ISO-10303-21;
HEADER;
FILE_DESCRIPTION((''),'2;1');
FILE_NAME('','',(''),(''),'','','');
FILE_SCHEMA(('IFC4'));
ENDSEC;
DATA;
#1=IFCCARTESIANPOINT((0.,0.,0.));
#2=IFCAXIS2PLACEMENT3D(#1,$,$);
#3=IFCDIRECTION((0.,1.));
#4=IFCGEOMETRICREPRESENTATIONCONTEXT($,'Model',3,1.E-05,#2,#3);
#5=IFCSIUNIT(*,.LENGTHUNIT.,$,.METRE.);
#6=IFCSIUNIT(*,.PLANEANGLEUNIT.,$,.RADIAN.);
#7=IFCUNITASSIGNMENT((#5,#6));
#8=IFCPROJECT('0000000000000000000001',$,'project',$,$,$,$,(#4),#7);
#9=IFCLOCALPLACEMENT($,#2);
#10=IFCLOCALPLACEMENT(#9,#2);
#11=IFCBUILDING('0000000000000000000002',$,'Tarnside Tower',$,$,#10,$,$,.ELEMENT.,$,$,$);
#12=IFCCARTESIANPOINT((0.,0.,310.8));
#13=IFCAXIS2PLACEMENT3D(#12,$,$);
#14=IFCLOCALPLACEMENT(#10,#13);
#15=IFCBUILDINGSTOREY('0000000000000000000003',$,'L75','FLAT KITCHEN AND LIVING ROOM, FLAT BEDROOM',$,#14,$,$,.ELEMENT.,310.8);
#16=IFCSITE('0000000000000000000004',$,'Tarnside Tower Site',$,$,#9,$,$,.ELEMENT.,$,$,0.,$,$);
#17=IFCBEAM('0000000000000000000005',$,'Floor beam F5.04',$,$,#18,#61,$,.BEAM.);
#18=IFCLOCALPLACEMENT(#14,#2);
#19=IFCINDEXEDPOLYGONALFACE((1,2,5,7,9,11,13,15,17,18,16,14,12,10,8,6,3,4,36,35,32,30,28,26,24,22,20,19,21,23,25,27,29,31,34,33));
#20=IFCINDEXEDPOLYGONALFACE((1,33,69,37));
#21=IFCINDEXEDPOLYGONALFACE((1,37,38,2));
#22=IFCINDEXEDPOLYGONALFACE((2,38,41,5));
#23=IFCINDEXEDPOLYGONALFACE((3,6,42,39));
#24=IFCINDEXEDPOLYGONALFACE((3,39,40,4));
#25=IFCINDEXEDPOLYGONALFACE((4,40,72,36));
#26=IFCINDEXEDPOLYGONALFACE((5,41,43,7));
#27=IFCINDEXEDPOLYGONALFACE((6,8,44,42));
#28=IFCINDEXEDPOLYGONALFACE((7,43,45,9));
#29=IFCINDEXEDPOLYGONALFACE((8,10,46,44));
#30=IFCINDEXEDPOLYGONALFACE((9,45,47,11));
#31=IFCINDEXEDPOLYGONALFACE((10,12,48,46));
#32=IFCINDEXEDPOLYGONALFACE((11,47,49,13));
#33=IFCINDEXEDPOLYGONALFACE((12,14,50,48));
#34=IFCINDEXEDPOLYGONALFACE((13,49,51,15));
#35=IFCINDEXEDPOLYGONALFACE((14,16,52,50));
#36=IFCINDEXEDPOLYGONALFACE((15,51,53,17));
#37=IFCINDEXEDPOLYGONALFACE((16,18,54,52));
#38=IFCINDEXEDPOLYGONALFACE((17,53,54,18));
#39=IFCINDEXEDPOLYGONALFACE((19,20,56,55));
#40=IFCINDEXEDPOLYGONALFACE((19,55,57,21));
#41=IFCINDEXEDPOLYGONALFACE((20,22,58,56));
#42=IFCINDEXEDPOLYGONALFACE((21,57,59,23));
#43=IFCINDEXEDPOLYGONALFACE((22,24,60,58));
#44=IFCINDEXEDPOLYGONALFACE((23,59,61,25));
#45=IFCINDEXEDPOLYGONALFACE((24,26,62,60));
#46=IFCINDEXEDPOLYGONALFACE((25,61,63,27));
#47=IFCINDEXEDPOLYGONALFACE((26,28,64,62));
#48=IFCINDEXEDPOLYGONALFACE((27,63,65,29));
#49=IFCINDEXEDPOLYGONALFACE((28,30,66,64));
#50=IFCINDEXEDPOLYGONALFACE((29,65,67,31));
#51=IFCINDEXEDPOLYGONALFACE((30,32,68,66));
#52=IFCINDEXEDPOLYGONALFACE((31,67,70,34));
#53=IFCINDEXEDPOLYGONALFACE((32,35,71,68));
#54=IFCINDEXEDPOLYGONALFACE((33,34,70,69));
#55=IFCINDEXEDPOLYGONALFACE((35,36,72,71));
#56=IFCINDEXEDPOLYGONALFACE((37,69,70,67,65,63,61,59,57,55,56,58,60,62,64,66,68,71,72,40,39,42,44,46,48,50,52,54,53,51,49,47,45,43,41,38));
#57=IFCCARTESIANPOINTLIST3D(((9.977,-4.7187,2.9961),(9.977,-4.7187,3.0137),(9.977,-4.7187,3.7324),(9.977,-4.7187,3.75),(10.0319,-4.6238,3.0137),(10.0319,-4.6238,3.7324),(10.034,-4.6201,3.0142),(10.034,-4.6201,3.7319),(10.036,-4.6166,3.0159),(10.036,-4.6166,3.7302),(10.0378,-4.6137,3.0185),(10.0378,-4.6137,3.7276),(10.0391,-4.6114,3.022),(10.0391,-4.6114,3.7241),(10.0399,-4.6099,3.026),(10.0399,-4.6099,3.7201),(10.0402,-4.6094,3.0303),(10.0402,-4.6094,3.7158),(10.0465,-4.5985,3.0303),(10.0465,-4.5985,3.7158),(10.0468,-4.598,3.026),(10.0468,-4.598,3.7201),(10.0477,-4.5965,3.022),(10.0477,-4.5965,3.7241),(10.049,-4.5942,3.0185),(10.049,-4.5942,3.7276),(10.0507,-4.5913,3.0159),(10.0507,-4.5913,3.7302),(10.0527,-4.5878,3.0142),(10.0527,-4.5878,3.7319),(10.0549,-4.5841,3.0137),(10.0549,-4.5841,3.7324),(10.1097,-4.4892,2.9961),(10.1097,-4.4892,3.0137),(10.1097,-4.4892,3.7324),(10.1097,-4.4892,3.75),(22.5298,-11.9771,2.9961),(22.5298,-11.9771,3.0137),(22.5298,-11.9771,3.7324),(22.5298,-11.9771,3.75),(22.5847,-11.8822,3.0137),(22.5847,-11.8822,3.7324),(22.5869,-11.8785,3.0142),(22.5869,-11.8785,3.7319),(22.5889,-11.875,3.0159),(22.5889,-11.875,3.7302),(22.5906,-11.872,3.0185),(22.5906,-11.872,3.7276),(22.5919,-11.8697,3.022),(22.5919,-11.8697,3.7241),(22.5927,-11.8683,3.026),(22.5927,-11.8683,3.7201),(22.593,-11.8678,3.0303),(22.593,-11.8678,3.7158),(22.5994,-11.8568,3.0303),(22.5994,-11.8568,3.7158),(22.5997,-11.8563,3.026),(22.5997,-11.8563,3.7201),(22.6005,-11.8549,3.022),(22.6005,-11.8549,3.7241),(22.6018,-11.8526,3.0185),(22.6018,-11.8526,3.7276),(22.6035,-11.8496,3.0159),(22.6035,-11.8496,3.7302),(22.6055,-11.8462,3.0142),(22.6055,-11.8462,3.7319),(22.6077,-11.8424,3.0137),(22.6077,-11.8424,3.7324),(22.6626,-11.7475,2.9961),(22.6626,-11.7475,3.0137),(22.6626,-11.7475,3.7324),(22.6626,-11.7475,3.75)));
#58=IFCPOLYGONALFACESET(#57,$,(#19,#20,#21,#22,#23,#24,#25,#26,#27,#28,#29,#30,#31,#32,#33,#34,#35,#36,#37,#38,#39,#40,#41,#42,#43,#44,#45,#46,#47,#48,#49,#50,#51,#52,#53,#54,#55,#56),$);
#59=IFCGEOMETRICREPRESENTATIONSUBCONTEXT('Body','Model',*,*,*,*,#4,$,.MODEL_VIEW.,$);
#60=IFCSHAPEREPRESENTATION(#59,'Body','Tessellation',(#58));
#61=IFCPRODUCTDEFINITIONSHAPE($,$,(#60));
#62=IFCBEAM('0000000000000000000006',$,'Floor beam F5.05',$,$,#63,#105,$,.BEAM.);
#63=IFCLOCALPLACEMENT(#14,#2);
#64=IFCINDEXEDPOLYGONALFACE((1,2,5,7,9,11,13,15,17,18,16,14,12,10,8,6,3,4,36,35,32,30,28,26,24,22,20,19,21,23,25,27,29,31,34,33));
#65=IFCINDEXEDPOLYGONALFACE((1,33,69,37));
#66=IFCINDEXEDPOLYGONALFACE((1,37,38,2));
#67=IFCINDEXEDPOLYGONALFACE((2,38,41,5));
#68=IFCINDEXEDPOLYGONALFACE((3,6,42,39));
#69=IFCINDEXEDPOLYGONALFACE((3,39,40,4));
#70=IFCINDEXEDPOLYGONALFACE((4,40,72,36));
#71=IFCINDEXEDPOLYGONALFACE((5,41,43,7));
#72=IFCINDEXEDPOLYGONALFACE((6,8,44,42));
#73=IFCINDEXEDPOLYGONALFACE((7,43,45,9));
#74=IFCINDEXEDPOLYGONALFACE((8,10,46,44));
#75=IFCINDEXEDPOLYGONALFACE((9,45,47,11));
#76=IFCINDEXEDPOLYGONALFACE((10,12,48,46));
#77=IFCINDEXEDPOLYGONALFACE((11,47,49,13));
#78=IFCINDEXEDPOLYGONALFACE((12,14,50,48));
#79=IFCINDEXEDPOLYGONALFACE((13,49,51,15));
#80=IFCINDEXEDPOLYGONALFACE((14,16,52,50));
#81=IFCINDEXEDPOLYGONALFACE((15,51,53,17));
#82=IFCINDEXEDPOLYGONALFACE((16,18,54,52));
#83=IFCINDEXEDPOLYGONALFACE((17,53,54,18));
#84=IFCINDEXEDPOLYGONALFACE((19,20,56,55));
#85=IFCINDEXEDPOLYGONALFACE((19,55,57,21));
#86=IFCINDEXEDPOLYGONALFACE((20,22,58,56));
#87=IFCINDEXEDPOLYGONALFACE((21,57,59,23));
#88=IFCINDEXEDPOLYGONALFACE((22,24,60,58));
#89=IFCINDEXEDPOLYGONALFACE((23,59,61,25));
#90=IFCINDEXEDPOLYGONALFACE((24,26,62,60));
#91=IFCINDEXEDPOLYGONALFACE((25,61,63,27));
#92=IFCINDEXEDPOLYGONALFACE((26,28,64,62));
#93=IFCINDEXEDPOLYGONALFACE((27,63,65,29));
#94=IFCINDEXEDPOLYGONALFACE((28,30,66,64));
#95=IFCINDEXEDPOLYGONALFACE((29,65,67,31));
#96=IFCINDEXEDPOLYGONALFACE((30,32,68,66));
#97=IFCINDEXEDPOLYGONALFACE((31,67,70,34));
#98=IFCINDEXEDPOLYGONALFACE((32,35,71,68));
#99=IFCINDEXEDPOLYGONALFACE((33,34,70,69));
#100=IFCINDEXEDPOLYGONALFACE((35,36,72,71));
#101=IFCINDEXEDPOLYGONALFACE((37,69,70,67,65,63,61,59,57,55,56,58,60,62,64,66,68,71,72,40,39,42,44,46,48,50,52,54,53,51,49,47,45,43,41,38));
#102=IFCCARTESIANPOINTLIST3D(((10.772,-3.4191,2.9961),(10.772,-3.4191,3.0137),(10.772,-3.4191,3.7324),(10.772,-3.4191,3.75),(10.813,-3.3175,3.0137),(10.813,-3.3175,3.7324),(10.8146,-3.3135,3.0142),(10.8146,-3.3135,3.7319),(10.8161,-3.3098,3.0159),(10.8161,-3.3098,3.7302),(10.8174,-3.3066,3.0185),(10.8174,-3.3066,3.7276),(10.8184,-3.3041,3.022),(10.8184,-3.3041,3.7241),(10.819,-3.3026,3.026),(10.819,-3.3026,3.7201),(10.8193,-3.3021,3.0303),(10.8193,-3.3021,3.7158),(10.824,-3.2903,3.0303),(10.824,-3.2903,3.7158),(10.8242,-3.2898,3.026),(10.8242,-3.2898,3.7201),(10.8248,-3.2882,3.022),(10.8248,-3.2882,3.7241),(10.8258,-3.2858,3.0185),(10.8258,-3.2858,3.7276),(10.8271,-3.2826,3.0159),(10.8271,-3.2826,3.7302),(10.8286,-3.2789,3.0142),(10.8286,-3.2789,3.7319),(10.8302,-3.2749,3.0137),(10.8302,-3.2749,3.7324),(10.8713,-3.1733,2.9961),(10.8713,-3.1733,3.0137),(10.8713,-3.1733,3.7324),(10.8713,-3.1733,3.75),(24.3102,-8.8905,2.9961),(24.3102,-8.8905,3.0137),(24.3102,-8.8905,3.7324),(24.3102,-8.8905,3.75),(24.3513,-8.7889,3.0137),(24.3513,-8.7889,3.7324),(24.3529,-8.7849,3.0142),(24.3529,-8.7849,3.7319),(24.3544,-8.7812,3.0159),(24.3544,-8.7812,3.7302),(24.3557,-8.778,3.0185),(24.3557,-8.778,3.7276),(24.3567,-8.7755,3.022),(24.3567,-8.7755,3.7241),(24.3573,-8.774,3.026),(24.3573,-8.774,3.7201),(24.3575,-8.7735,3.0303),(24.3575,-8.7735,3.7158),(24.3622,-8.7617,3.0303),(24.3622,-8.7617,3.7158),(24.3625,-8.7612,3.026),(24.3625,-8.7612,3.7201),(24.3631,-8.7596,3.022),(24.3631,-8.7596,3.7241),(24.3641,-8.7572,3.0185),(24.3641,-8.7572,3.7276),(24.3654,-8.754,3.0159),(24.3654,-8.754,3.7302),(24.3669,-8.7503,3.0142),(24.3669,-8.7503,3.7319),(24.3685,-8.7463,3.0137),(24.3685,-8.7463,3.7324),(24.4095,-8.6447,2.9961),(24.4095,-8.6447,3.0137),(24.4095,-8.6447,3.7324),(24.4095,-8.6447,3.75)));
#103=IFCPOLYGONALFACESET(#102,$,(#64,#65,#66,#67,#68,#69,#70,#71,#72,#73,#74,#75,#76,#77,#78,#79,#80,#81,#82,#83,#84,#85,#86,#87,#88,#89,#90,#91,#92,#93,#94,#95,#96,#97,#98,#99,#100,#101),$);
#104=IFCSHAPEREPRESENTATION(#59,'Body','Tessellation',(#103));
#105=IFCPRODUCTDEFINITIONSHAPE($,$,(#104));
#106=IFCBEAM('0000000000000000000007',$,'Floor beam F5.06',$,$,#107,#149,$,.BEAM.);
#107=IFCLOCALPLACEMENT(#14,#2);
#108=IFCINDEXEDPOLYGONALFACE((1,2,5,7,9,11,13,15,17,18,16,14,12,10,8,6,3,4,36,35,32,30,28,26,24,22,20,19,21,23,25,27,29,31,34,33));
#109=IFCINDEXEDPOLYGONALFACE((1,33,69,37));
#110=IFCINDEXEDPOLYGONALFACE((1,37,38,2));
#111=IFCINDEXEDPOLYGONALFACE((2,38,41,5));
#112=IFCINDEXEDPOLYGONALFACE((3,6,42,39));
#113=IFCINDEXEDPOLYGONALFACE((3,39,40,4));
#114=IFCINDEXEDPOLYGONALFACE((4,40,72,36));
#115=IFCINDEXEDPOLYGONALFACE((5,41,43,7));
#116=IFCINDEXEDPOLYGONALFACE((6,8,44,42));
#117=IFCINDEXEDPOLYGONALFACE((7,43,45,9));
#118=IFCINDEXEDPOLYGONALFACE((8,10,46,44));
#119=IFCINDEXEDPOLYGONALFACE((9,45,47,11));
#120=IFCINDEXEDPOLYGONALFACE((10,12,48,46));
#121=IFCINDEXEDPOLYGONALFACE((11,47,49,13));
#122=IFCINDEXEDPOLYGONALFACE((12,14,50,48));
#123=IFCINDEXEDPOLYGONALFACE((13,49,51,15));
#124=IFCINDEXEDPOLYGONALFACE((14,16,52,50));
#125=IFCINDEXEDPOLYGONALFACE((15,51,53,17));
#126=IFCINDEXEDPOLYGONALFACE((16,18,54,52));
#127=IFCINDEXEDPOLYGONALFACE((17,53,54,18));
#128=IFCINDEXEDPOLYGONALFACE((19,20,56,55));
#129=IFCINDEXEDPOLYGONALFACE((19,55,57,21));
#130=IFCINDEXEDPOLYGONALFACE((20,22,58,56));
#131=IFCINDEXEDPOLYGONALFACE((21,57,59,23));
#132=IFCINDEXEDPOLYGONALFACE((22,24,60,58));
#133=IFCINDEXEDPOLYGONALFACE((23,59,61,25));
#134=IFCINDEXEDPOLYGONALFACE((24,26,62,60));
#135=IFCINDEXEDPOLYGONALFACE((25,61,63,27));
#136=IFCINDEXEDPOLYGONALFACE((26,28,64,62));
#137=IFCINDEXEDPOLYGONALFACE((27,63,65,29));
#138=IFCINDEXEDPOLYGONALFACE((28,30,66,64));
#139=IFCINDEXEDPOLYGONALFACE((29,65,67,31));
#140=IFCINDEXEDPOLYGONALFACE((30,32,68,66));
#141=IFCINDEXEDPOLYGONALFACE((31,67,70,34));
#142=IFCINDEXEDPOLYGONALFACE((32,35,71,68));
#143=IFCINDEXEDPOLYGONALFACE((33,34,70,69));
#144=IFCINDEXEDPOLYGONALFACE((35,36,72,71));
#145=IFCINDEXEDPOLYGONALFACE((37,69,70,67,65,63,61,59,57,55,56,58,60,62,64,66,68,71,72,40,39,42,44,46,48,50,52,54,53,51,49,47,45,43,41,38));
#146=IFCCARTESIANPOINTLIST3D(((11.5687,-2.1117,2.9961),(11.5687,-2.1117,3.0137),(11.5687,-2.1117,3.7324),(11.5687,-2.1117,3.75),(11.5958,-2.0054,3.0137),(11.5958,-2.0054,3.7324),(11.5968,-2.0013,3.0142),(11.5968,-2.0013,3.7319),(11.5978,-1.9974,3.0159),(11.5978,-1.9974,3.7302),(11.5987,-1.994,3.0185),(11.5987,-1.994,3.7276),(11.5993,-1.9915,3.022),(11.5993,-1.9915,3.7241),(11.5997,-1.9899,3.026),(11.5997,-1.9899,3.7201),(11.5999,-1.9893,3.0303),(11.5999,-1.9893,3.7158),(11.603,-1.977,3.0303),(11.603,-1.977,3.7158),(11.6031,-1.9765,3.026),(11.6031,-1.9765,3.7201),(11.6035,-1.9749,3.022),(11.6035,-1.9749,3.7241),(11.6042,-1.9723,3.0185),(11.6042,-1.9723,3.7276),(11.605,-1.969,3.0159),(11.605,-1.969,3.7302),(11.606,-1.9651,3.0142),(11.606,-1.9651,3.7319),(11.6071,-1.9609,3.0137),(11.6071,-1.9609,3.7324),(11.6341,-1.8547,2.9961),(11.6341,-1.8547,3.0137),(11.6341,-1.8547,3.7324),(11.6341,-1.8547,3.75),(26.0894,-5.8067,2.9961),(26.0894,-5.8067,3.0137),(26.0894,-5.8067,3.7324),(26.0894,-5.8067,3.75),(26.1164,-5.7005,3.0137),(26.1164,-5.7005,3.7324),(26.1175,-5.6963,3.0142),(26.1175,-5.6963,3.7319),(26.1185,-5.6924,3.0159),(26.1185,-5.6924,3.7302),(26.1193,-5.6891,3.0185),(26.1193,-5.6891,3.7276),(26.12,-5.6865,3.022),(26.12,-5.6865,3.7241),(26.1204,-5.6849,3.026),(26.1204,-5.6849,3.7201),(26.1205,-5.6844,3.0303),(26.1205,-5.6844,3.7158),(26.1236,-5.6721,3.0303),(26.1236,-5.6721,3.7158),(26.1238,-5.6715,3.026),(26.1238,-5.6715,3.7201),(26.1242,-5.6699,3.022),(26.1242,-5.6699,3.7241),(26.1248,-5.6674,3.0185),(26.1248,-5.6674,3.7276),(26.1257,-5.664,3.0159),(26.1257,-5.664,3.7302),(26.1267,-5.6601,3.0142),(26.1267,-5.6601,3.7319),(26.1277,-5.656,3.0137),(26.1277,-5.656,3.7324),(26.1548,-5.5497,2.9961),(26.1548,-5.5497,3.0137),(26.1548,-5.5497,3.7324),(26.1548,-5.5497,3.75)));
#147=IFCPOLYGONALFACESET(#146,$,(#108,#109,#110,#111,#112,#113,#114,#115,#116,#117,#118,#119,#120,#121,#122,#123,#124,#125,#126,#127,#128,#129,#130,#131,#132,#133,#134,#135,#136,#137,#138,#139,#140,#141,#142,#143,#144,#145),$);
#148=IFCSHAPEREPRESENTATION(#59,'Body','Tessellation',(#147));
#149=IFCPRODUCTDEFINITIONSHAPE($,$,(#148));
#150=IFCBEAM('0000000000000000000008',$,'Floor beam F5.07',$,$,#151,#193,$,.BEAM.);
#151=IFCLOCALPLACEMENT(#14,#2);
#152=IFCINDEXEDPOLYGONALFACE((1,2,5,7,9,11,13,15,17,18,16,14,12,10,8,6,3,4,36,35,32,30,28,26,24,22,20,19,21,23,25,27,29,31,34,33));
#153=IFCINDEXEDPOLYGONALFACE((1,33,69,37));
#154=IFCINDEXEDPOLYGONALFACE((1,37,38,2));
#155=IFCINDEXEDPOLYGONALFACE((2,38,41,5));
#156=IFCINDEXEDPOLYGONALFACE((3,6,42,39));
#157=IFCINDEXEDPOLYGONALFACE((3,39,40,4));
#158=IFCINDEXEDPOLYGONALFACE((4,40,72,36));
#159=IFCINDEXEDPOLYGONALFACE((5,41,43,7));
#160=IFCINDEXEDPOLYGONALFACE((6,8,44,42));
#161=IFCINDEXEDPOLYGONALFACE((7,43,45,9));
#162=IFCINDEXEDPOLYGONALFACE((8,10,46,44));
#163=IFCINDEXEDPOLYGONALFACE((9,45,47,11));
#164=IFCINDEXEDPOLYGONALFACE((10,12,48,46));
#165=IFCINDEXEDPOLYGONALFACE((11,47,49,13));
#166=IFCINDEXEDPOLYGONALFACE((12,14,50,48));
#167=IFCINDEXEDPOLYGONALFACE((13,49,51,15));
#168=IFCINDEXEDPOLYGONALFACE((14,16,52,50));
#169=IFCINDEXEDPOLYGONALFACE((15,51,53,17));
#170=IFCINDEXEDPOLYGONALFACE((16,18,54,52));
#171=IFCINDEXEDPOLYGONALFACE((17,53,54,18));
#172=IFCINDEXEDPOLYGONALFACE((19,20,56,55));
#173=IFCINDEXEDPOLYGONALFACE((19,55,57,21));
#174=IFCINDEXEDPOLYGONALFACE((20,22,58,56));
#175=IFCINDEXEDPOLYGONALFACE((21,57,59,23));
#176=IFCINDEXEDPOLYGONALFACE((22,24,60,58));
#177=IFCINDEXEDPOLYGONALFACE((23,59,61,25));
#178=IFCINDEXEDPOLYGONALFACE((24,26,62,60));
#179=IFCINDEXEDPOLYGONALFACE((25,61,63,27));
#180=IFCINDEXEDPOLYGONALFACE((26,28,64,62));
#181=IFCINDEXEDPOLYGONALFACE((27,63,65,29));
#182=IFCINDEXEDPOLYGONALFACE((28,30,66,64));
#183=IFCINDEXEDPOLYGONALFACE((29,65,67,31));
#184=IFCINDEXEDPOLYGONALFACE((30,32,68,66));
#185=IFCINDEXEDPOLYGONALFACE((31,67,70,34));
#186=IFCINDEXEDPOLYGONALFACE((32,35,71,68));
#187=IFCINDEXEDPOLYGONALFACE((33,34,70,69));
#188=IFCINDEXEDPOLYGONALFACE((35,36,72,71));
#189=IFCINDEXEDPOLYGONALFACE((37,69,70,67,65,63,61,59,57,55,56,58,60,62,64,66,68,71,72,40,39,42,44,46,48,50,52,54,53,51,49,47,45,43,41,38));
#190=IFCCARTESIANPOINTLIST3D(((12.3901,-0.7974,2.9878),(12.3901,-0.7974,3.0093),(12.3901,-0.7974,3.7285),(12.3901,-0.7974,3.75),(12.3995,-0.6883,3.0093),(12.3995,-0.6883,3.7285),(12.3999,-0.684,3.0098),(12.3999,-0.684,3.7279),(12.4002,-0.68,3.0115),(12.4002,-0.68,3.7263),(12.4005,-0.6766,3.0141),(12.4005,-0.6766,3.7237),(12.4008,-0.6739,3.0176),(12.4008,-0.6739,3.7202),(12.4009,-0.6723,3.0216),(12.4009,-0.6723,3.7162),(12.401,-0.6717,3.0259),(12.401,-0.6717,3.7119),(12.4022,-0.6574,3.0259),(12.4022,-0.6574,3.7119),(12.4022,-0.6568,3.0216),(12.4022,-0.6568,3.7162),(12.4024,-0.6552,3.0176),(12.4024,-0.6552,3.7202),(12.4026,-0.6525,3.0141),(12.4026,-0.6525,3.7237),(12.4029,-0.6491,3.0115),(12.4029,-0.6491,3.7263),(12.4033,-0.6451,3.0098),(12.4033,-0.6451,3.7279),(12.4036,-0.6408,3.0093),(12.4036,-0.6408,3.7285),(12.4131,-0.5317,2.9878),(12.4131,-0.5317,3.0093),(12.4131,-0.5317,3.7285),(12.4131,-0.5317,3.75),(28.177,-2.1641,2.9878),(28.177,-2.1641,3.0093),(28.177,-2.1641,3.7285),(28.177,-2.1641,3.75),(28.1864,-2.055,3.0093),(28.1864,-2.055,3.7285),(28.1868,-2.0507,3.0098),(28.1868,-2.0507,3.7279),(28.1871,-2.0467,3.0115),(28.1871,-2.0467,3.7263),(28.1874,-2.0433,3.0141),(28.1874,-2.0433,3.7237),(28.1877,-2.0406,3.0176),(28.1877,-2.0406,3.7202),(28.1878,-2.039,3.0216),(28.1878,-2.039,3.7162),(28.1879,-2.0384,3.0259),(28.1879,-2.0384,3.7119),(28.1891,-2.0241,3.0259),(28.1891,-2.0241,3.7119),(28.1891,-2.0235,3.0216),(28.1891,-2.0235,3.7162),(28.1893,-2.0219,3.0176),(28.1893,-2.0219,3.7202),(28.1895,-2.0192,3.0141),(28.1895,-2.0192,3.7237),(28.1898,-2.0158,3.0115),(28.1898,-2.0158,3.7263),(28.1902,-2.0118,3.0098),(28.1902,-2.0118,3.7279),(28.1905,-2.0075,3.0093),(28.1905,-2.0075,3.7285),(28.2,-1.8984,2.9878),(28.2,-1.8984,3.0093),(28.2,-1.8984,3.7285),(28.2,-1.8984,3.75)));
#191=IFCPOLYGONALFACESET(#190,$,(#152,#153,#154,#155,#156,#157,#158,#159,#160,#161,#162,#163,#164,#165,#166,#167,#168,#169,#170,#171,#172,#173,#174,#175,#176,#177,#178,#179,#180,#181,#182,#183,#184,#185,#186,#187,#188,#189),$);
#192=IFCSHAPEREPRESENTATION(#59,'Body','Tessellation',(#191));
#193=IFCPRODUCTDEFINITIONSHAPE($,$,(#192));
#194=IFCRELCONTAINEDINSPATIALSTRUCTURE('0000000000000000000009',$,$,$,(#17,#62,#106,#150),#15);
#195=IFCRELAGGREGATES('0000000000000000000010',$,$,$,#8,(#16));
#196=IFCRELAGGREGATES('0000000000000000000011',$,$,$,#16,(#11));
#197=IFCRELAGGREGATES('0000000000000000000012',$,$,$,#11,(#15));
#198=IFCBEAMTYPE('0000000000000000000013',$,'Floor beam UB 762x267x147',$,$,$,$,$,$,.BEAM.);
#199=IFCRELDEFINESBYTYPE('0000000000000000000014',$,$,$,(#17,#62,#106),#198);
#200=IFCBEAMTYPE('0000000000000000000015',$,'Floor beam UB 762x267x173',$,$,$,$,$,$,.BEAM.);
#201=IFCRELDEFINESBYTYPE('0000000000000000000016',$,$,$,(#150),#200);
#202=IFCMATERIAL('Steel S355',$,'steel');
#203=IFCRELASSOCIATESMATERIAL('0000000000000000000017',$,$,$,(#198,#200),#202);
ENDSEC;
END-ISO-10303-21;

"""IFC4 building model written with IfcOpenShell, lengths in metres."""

from ifc_helpers import new_model, si_unit, direction, frame, origin, origin_2d, place, context, subcontext, project, spatial, i_section, extrude, material, material_profile, profile_set, type_object, element, save


model = new_model("IFC4")

# Units and contexts
model_context = context("Model", 3, precision=1e-05, world=origin(), true_north=direction((0.0, 1.0)))
body_context = subcontext(model_context, "Body", "Model", "MODEL_VIEW")
ifc_project = project(units=[si_unit("LENGTHUNIT", "METRE"), si_unit("PLANEANGLEUNIT", "RADIAN")], contexts=[model_context])

# Site, building, storey
site_placement = place(None, origin())
site = spatial("IfcSite", under=ifc_project, at=site_placement, Name="Tarnside Tower Site", CompositionType="ELEMENT", RefElevation=0.0)
building_placement = place(site_placement, origin())
building = spatial("IfcBuilding", under=site, at=building_placement, Name="Tarnside Tower", CompositionType="ELEMENT")
storey_placement = place(building_placement, frame((0.0, 0.0, 310.8)))
storey = spatial("IfcBuildingStorey", under=building, at=storey_placement, Name="L75", Description="FLAT KITCHEN AND LIVING ROOM, FLAT BEDROOM", CompositionType="ELEMENT", Elevation=310.8)

# Beams
ifc_material_1 = material(Name="Steel S355", Category="steel")
ifc_material_profile_1 = material_profile(ifc_material_1, i_section(OverallWidth=0.2651, OverallDepth=0.7539, WebThickness=0.0127, FlangeThickness=0.0176, FilletRadius=0.0166, at=origin_2d()), Name="UB 762x267x147")
ifc_profile_set_1 = profile_set([ifc_material_profile_1], Name="Steel S355")
beam_type_1 = type_object("IfcBeamType", Name="Floor beam UB 762x267x147", PredefinedType="BEAM", material=ifc_profile_set_1)
beam_1_placement = place(storey_placement, frame((22.5962, -11.8623, 3.373), z_axis=(-0.865697, 0.500568, 0.0), x_axis=(-0.500568, -0.865697, 0.0)))
element("IfcBeam", 1, at=beam_1_placement, inside=storey, type_object=beam_type_1, Name="Floor beam F5.04", PredefinedType="BEAM", context=body_context, shape_type="SweptSolid", body=[
    extrude(i_section(OverallWidth=0.2651, OverallDepth=0.7539, WebThickness=0.0127, FlangeThickness=0.0176, FilletRadius=0.0166, at=origin_2d()), origin(), (0.0, 0.0, 1.0), 14.5002),
])
beam_2_placement = place(storey_placement, frame((24.3599, -8.7676, 3.373), z_axis=(-0.927146, 0.374701, 0.0), x_axis=(-0.374701, -0.927146, 0.0)))
element("IfcBeam", 2, at=beam_2_placement, inside=storey, type_object=beam_type_1, Name="Floor beam F5.05", PredefinedType="BEAM", context=body_context, shape_type="SweptSolid", body=[
    extrude(i_section(OverallWidth=0.2651, OverallDepth=0.7539, WebThickness=0.0127, FlangeThickness=0.0176, FilletRadius=0.0166, at=origin_2d()), origin(), (0.0, 0.0, 1.0), 14.6021),
])
beam_3_placement = place(storey_placement, frame((26.1221, -5.6782, 3.373), z_axis=(-0.969115, 0.246609, 0.0), x_axis=(-0.246609, -0.969115, 0.0)))
element("IfcBeam", 3, at=beam_3_placement, inside=storey, type_object=beam_type_1, Name="Floor beam F5.06", PredefinedType="BEAM", context=body_context, shape_type="SweptSolid", body=[
    extrude(i_section(OverallWidth=0.2651, OverallDepth=0.7539, WebThickness=0.0127, FlangeThickness=0.0176, FilletRadius=0.0166, at=origin_2d()), origin(), (0.0, 0.0, 1.0), 14.9834),
])
ifc_material_profile_2 = material_profile(ifc_material_1, i_section(OverallWidth=0.2666, OverallDepth=0.7622, WebThickness=0.0144, FlangeThickness=0.0215, FilletRadius=0.0166, at=origin_2d()), Name="UB 762x267x173")
ifc_profile_set_2 = profile_set([ifc_material_profile_2], Name="Steel S355")
beam_type_2 = type_object("IfcBeamType", Name="Floor beam UB 762x267x173", PredefinedType="BEAM", material=ifc_profile_set_2)
beam_4_placement = place(storey_placement, frame((28.1885, -2.0312, 3.3689), z_axis=(-0.996274, 0.086249, 0.0), x_axis=(-0.086249, -0.996274, 0.0)))
element("IfcBeam", 4, at=beam_4_placement, inside=storey, type_object=beam_type_2, Name="Floor beam F5.07", PredefinedType="BEAM", context=body_context, shape_type="SweptSolid", body=[
    extrude(i_section(OverallWidth=0.2666, OverallDepth=0.7622, WebThickness=0.0144, FlangeThickness=0.0215, FilletRadius=0.0166, at=origin_2d()), origin(), (0.0, 0.0, 1.0), 15.8459),
])

save(model, "model.ifc")
